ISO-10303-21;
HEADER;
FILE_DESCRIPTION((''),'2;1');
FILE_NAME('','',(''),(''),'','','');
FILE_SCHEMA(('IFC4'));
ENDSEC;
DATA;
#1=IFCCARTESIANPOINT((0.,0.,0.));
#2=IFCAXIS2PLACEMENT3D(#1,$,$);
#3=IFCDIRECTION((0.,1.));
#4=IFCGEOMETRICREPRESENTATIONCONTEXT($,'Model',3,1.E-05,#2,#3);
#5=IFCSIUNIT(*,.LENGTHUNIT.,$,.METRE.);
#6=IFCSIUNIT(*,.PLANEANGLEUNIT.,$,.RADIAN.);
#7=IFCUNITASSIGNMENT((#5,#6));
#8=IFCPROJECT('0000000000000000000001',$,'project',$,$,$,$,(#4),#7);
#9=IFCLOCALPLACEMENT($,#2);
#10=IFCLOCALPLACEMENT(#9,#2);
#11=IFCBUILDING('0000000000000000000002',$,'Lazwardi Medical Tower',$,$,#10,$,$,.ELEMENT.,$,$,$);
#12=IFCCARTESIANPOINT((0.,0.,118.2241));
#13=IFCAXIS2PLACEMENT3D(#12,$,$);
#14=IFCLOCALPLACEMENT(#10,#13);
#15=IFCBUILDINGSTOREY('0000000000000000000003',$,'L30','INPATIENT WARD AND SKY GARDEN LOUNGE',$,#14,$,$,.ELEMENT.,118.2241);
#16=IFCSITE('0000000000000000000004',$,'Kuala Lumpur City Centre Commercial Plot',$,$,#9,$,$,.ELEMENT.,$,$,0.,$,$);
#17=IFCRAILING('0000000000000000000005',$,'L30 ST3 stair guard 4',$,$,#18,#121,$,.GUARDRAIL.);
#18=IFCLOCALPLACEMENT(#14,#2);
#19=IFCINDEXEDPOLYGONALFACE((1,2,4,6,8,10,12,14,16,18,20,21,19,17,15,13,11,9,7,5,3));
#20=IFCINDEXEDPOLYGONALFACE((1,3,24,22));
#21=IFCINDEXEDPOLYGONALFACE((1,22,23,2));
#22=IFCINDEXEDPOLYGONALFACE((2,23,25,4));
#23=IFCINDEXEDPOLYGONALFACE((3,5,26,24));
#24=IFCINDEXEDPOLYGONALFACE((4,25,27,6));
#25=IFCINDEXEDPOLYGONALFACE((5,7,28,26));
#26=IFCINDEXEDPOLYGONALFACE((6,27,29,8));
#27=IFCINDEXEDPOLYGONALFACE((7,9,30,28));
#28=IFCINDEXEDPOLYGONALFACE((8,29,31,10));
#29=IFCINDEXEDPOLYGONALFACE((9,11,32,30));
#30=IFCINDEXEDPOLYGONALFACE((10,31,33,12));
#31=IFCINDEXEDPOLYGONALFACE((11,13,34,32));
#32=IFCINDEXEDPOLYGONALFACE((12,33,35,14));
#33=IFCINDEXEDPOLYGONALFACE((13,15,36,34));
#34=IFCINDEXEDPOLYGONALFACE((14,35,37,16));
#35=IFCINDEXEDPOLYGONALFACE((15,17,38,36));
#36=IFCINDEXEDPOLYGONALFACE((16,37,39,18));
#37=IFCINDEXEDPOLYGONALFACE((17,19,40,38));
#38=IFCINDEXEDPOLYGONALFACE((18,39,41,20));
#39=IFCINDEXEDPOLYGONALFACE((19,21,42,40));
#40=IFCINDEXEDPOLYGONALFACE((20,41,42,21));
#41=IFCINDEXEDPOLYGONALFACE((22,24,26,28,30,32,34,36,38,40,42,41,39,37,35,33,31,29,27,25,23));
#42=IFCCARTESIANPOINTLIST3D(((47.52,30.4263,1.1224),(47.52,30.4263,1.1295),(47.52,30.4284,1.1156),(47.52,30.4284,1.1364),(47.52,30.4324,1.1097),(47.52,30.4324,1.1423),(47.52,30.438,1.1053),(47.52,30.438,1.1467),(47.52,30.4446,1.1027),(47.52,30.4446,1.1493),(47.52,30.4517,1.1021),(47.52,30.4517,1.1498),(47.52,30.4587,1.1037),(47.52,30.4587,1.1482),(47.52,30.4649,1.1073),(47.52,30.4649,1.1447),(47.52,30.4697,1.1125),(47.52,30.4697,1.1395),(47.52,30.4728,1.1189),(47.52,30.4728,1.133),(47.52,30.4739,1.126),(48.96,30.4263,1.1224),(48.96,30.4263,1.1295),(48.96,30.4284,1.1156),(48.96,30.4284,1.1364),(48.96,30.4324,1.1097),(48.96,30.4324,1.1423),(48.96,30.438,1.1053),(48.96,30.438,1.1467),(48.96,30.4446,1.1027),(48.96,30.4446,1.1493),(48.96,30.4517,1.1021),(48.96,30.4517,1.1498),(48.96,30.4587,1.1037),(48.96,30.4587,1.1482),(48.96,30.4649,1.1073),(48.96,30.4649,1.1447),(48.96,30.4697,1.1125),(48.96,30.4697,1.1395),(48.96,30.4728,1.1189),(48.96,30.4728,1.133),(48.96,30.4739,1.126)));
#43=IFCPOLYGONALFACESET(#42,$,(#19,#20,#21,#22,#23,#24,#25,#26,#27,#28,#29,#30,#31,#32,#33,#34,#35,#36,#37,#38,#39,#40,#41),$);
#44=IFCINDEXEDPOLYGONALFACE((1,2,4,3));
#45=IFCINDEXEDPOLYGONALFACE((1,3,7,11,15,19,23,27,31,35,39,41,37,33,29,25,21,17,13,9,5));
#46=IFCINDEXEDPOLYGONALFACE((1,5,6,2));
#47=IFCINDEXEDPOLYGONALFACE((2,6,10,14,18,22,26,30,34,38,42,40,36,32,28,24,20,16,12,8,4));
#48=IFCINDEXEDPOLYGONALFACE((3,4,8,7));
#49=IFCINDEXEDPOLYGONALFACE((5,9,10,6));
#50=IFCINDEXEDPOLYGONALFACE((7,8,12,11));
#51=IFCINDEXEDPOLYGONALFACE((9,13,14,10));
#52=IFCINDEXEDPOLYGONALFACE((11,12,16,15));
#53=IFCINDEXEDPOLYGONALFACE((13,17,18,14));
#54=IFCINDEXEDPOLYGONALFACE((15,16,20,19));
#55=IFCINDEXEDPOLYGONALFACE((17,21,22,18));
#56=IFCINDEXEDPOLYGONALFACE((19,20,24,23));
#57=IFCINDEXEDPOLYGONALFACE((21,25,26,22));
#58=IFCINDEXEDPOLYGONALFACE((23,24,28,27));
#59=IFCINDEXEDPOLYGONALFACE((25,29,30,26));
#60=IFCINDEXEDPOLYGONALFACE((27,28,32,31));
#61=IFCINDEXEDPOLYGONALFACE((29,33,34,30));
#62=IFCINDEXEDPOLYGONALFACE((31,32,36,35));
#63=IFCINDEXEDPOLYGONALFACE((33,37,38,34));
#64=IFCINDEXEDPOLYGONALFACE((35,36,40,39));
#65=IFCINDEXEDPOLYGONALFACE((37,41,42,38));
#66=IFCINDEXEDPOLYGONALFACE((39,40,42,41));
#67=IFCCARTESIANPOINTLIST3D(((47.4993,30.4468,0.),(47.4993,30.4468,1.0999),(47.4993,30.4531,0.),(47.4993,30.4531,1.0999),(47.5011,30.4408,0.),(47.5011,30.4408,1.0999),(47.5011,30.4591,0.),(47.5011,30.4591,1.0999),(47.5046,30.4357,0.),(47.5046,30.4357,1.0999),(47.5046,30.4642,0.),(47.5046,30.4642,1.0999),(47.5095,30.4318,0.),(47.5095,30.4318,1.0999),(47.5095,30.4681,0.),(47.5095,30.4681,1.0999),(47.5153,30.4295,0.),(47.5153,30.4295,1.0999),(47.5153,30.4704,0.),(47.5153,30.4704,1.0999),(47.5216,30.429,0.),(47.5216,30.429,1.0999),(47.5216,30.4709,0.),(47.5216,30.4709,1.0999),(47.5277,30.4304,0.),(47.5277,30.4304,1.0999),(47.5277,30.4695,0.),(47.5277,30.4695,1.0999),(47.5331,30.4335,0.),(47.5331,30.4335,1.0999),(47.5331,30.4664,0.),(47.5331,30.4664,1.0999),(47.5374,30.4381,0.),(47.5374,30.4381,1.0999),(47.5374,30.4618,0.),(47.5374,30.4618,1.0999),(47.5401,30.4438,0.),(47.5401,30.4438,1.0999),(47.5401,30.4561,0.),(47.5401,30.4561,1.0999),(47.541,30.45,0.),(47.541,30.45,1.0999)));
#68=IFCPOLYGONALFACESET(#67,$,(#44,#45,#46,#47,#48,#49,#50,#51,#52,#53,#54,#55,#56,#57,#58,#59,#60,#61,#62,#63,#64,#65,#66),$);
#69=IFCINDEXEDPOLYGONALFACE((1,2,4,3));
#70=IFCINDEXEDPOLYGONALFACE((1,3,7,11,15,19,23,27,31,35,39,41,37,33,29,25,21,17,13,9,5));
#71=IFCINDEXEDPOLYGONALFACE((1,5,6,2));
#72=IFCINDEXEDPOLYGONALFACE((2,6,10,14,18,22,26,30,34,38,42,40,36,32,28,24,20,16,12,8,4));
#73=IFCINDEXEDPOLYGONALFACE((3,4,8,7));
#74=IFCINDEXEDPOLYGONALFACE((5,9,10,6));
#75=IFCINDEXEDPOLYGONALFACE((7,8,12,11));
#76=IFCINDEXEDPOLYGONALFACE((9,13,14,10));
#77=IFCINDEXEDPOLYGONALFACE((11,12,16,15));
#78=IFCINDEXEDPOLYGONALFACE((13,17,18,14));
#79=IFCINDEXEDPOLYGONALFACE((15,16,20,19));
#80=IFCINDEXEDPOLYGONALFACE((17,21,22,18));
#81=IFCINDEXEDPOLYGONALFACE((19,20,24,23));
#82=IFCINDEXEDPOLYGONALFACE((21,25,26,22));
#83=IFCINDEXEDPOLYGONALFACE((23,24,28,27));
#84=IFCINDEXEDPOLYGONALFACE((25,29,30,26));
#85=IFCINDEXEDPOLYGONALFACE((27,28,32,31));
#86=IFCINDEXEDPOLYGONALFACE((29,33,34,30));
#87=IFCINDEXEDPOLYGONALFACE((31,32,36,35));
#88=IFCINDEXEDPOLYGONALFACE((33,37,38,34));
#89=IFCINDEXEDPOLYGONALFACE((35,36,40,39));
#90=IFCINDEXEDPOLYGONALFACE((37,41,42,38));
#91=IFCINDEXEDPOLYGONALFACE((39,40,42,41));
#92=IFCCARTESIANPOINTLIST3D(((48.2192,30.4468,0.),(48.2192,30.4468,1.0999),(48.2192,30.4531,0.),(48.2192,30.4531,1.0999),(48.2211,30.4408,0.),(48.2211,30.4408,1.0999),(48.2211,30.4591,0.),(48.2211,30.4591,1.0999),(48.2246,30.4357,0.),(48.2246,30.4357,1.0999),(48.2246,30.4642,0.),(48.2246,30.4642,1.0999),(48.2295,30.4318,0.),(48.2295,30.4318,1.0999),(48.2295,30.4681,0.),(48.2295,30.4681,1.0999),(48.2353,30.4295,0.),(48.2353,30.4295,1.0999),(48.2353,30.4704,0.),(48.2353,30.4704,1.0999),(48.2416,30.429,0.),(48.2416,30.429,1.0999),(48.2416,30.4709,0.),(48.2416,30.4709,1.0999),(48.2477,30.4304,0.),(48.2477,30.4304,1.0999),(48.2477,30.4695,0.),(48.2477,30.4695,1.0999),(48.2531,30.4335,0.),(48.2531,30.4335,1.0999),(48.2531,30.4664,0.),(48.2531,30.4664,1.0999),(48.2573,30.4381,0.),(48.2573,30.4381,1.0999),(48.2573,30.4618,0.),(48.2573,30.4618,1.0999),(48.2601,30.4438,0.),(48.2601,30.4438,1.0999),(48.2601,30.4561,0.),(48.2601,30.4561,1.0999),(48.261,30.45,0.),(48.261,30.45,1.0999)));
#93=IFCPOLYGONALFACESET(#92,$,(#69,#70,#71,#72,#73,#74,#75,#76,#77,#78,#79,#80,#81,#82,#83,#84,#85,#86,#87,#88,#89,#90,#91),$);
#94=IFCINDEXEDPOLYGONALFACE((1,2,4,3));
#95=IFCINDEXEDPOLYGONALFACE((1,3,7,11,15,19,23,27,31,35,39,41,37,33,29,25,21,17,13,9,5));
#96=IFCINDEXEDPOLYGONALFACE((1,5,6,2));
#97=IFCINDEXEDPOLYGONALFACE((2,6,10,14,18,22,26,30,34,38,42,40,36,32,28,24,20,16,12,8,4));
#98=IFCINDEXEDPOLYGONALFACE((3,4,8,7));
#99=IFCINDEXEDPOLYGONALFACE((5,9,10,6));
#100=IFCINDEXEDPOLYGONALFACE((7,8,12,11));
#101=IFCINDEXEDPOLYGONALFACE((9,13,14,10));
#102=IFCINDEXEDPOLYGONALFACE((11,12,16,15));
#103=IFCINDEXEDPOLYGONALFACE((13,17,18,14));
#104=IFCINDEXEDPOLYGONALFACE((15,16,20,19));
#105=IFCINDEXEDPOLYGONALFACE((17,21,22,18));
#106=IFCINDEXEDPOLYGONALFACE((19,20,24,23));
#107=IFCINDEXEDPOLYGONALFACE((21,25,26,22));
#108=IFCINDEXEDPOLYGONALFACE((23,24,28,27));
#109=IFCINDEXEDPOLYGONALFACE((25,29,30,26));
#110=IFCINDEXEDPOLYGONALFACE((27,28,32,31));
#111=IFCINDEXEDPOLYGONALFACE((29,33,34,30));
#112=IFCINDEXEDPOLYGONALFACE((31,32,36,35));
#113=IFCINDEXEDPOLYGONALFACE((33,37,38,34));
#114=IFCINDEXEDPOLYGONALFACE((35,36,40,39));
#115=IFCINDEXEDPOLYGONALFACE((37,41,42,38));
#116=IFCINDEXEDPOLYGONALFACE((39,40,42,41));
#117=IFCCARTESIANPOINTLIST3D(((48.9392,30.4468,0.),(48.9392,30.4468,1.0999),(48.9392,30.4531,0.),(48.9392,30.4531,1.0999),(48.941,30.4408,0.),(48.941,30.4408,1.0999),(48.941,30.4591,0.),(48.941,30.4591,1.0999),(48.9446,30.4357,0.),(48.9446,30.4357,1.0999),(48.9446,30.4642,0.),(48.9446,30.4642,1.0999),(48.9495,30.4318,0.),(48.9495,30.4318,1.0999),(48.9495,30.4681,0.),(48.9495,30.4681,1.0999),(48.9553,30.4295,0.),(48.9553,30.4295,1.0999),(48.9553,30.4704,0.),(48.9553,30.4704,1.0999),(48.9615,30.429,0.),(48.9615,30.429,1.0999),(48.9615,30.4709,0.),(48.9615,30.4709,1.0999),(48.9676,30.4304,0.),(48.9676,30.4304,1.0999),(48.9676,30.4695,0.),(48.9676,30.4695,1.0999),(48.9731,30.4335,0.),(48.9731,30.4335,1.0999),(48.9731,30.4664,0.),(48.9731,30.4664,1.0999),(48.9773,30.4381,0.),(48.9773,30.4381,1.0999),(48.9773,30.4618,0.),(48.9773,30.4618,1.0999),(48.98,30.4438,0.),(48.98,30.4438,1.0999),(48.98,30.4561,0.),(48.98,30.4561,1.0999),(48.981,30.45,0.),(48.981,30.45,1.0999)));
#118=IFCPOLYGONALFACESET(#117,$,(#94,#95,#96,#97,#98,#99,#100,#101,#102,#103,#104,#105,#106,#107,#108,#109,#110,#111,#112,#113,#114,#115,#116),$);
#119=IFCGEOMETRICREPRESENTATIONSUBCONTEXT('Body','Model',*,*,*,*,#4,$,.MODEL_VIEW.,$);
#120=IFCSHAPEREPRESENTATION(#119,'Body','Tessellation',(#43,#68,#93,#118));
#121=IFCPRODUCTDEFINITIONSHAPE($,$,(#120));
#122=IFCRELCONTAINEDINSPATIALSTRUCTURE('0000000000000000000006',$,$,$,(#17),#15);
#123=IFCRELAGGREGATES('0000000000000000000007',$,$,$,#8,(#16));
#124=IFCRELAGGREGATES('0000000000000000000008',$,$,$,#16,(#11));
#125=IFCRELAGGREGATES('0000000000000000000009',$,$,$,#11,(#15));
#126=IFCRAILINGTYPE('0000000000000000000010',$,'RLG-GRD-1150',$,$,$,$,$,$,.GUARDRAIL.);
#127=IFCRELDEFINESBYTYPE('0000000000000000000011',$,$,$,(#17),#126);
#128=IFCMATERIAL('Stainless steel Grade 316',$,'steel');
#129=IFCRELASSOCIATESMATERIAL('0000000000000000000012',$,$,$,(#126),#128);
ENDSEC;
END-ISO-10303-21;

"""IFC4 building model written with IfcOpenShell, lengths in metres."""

from ifc_helpers import new_model, si_unit, direction, frame, origin, origin_2d, place, context, subcontext, project, spatial, circle, extrude, material, type_object, element, save


model = new_model("IFC4")

# Units and contexts
model_context = context("Model", 3, precision=1e-05, world=origin(), true_north=direction((0.0, 1.0)))
body_context = subcontext(model_context, "Body", "Model", "MODEL_VIEW")
ifc_project = project(units=[si_unit("LENGTHUNIT", "METRE"), si_unit("PLANEANGLEUNIT", "RADIAN")], contexts=[model_context])

# Site, building, storey
site_placement = place(None, origin())
site = spatial("IfcSite", under=ifc_project, at=site_placement, Name="Kuala Lumpur City Centre Commercial Plot", CompositionType="ELEMENT", RefElevation=0.0)
building_placement = place(site_placement, origin())
building = spatial("IfcBuilding", under=site, at=building_placement, Name="Lazwardi Medical Tower", CompositionType="ELEMENT")
storey_placement = place(building_placement, frame((0.0, 0.0, 118.2241)))
storey = spatial("IfcBuildingStorey", under=building, at=storey_placement, Name="L30", Description="INPATIENT WARD AND SKY GARDEN LOUNGE", CompositionType="ELEMENT", Elevation=118.2241)

# Railing
ifc_material_1 = material(Name="Stainless steel Grade 316", Category="steel")
railing_type = type_object("IfcRailingType", Name="RLG-GRD-1150", PredefinedType="GUARDRAIL", material=ifc_material_1)
railing_1_placement = place(storey_placement, frame((47.52, 30.45, 0.0)))
element("IfcRailing", 1, at=railing_1_placement, inside=storey, type_object=railing_type, Name="L30 ST3 stair guard 4", PredefinedType="GUARDRAIL", context=body_context, shape_type="SweptSolid", body=[
    extrude(circle(Radius=0.0239, at=origin_2d()), frame((0.0, 0.0, 1.126), z_axis=(1.0, 0.0, 0.0), x_axis=(0.0, 1.0, 0.0)), (0.0, 0.0, 1.0), 1.4399),
    extrude(circle(Radius=0.021, at=origin_2d()), origin(), (0.0, 0.0, 1.0), 1.0999),
    extrude(circle(Radius=0.021, at=origin_2d()), frame((0.72, 0.0, 0.0)), (0.0, 0.0, 1.0), 1.0999),
    extrude(circle(Radius=0.021, at=origin_2d()), frame((1.4399, 0.0, 0.0)), (0.0, 0.0, 1.0), 1.0999),
])

save(model, "model.ifc")
